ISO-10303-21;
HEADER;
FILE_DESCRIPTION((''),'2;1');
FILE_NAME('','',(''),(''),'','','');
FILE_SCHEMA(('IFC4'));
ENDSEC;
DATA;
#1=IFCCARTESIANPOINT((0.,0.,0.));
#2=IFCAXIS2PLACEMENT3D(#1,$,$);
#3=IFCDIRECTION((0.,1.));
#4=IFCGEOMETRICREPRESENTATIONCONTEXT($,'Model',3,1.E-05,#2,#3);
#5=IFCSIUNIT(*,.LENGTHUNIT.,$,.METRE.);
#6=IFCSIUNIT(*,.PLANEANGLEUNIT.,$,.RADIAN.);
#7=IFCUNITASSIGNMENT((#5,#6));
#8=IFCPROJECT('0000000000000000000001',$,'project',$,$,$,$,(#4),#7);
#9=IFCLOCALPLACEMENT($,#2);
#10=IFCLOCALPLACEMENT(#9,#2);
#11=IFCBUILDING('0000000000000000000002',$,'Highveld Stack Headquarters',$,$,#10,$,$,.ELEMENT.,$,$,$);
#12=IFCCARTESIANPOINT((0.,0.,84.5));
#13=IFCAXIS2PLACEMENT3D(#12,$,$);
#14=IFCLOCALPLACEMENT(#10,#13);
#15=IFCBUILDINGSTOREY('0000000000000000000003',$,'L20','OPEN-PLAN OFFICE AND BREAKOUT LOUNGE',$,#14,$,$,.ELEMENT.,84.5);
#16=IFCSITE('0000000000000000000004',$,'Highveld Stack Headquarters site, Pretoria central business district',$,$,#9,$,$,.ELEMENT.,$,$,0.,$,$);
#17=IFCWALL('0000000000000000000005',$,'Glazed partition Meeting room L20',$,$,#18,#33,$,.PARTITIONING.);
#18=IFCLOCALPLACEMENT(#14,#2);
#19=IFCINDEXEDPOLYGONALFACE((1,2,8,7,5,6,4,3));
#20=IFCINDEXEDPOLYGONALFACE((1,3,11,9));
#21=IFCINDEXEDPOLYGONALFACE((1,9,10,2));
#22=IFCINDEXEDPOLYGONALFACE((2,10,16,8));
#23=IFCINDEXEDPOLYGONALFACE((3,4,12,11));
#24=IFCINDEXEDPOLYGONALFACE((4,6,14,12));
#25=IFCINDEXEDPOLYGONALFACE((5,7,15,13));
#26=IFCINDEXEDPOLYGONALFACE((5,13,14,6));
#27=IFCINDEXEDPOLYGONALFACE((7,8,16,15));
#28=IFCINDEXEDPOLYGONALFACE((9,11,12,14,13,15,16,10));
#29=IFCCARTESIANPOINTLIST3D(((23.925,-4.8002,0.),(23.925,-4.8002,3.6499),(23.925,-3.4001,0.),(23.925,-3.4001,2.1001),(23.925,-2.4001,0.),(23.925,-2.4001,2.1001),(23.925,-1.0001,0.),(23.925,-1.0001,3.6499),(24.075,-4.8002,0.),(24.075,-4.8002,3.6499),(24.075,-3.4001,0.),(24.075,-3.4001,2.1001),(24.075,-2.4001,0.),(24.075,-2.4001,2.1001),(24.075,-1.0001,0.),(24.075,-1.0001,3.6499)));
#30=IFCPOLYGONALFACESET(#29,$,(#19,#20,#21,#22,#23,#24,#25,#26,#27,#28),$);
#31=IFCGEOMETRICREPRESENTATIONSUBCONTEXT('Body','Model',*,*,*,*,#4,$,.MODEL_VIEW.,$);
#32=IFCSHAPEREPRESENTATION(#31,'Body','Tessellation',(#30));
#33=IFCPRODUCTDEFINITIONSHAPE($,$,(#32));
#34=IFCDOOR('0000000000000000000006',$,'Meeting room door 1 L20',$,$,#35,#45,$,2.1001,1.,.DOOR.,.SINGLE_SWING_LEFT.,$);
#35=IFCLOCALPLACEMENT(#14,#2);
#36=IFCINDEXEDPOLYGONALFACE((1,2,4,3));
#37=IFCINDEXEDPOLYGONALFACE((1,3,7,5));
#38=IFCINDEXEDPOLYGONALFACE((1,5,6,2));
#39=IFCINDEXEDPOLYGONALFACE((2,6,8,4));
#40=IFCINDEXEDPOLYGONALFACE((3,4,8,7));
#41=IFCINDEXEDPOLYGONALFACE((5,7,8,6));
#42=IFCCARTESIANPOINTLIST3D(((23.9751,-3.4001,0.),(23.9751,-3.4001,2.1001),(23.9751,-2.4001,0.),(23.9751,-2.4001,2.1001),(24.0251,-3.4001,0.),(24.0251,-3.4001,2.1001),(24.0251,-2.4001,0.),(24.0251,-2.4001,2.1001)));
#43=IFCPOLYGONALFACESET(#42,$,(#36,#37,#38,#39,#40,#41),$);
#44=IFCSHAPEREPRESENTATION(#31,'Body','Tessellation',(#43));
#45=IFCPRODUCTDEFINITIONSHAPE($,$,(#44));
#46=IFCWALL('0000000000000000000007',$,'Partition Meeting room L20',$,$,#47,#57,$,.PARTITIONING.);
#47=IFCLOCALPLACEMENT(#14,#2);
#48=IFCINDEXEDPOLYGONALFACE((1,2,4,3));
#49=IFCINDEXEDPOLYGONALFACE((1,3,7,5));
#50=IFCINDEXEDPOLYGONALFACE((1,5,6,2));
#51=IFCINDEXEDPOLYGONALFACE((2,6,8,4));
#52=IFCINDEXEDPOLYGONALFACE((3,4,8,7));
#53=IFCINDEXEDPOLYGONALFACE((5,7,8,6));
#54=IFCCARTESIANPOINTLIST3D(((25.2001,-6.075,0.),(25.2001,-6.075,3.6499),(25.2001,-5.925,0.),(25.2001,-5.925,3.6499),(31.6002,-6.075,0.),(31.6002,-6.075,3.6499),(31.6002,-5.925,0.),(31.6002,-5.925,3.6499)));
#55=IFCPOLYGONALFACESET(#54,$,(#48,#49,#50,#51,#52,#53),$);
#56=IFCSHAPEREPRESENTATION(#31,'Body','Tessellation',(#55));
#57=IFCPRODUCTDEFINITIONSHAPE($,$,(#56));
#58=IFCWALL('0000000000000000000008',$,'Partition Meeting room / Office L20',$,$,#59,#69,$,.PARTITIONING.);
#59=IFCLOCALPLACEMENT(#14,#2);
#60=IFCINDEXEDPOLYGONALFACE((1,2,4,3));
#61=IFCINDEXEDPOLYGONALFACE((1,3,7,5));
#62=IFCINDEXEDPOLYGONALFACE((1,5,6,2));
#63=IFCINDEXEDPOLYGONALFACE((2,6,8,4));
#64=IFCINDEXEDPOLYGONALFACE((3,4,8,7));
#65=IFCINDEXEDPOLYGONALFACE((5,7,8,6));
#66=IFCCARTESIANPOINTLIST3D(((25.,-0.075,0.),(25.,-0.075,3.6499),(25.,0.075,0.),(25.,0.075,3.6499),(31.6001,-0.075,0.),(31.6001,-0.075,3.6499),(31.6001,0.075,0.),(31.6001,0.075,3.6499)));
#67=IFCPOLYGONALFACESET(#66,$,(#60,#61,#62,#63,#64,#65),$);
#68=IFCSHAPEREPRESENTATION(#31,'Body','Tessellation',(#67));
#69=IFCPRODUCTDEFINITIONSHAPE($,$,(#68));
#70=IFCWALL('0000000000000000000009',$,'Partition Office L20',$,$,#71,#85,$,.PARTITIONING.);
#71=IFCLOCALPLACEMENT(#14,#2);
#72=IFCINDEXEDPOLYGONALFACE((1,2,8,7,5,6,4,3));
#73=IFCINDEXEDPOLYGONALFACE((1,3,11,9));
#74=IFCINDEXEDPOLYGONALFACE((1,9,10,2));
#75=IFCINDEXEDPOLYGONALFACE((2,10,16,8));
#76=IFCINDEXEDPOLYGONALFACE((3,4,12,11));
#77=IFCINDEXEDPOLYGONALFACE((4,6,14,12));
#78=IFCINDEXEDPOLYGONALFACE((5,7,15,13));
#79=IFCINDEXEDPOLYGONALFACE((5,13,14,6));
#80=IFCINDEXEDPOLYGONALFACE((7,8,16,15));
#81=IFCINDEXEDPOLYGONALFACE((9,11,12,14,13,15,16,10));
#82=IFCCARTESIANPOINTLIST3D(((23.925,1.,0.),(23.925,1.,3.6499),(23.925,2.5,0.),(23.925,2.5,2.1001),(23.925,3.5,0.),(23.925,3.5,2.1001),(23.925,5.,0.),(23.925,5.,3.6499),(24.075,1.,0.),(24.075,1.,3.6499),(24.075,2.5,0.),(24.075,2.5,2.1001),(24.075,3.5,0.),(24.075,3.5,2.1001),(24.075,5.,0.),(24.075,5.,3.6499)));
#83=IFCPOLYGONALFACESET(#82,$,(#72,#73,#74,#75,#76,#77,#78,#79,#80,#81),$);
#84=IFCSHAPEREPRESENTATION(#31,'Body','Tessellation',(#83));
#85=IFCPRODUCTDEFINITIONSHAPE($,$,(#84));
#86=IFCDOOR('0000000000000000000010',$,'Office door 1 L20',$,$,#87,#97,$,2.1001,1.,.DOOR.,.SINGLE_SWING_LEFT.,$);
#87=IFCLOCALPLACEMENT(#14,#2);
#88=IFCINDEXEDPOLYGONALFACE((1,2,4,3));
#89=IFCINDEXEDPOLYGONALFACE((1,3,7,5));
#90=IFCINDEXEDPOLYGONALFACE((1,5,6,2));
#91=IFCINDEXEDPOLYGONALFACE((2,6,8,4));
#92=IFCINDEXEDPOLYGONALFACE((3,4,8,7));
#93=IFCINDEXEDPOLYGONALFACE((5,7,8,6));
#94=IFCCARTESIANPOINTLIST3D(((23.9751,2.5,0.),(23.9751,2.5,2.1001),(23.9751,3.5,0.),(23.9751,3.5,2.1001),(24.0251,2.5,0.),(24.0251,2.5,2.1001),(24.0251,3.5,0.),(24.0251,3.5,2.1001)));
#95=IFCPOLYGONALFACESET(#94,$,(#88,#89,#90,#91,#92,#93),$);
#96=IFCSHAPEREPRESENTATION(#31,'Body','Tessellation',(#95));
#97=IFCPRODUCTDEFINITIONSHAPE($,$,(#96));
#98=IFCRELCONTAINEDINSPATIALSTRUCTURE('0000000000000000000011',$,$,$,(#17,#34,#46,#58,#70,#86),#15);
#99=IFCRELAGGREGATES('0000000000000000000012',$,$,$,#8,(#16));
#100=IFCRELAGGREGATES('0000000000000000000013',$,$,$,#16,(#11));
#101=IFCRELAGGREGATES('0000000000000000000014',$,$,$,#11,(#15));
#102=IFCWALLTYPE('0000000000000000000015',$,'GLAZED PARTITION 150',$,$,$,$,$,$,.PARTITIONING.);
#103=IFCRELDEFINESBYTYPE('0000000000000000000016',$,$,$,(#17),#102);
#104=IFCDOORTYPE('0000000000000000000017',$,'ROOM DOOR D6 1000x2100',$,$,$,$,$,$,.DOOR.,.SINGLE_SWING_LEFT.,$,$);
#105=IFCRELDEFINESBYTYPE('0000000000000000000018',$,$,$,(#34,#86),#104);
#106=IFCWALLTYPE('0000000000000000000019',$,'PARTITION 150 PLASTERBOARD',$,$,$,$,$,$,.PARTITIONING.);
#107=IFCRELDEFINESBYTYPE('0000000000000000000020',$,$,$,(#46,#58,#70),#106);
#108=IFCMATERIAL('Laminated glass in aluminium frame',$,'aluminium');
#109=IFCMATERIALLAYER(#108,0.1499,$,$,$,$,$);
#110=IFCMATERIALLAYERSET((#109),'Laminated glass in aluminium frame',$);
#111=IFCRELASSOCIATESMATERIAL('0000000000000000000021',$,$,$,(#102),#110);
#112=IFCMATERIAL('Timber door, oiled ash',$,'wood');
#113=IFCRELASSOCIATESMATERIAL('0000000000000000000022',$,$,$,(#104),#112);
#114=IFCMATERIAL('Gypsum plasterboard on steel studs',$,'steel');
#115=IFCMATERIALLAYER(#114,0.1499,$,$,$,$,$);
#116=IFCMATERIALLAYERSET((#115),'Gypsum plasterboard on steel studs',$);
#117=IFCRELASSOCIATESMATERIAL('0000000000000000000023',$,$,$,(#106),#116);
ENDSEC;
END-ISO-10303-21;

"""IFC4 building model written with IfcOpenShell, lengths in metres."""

from ifc_helpers import new_model, si_unit, direction, frame, frame_2d, origin, place, context, subcontext, project, spatial, rectangle, extrude, material, layer, layer_set, type_object, element, fill, save


model = new_model("IFC4")

# Units and contexts
model_context = context("Model", 3, precision=1e-05, world=origin(), true_north=direction((0.0, 1.0)))
body_context = subcontext(model_context, "Body", "Model", "MODEL_VIEW")
ifc_project = project(units=[si_unit("LENGTHUNIT", "METRE"), si_unit("PLANEANGLEUNIT", "RADIAN")], contexts=[model_context])

# Site, building, storey
site_placement = place(None, origin())
site = spatial("IfcSite", under=ifc_project, at=site_placement, Name="Highveld Stack Headquarters site, Pretoria central business district", CompositionType="ELEMENT", RefElevation=0.0)
building_placement = place(site_placement, origin())
building = spatial("IfcBuilding", under=site, at=building_placement, Name="Highveld Stack Headquarters", CompositionType="ELEMENT")
storey_placement = place(building_placement, frame((0.0, 0.0, 84.5)))
storey = spatial("IfcBuildingStorey", under=building, at=storey_placement, Name="L20", Description="OPEN-PLAN OFFICE AND BREAKOUT LOUNGE", CompositionType="ELEMENT", Elevation=84.5)

# Wall, opening, door
ifc_material_1 = material(Name="Laminated glass in aluminium frame", Category="aluminium")
ifc_layer_1 = layer(ifc_material_1, 0.1499)
ifc_layer_set_1 = layer_set([ifc_layer_1], Name="Laminated glass in aluminium frame")
wall_type_1 = type_object("IfcWallType", Name="GLAZED PARTITION 150", PredefinedType="PARTITIONING", material=ifc_layer_set_1)
wall_1_placement = place(storey_placement, frame((24.0, -4.8, 0.0), z_axis=(0.0, 0.0, 1.0), x_axis=(0.0, 1.0, 0.0)))
wall_1 = element("IfcWall", 1, at=wall_1_placement, inside=storey, type_object=wall_type_1, Name="Glazed partition Meeting room L20", PredefinedType="PARTITIONING", context=body_context, shape_type="SweptSolid", body=[
    extrude(rectangle(XDim=3.8, YDim=0.1499, at=frame_2d((1.8999, 0.0))), origin(), (0.0, 0.0, 1.0), 3.6499),
])
opening_1_placement = place(wall_1_placement, frame((1.3999, 0.0, 0.0)))
opening_1 = element("IfcOpeningElement", 2, at=opening_1_placement, cuts=wall_1, PredefinedType="OPENING", context=body_context, shape_type="SweptSolid", body=[
    extrude(rectangle(XDim=1.0, YDim=2.1001, at=frame_2d((0.5, 1.05))), frame((0.0, 0.085, 0.0), z_axis=(0.0, -1.0, 0.0), x_axis=(1.0, 0.0, 0.0)), (0.0, 0.0, 1.0), 0.1699),
])
ifc_material_2 = material(Name="Timber door, oiled ash", Category="wood")
door_type = type_object("IfcDoorType", Name="ROOM DOOR D6 1000x2100", OperationType="SINGLE_SWING_LEFT", PredefinedType="DOOR", material=ifc_material_2)
door_1_placement = place(opening_1_placement, origin())
door_1 = element("IfcDoor", 3, at=door_1_placement, inside=storey, type_object=door_type, Name="Meeting room door 1 L20", OperationType="SINGLE_SWING_LEFT", OverallHeight=2.1001, OverallWidth=1.0, PredefinedType="DOOR", context=body_context, shape_type="SweptSolid", body=[
    extrude(rectangle(XDim=1.0, YDim=2.1001, at=frame_2d((0.5, 1.05))), frame((0.0, 0.0249, 0.0), z_axis=(0.0, -1.0, 0.0), x_axis=(1.0, 0.0, 0.0)), (0.0, 0.0, 1.0), 0.05),
])
fill(opening_1, door_1)

# Walls
ifc_material_3 = material(Name="Gypsum plasterboard on steel studs", Category="steel")
ifc_layer_2 = layer(ifc_material_3, 0.1499)
ifc_layer_set_2 = layer_set([ifc_layer_2], Name="Gypsum plasterboard on steel studs")
wall_type_2 = type_object("IfcWallType", Name="PARTITION 150 PLASTERBOARD", PredefinedType="PARTITIONING", material=ifc_layer_set_2)
wall_2_placement = place(storey_placement, frame((25.2, -6.0, 0.0), z_axis=(0.0, 0.0, 1.0), x_axis=(1.0, 0.0, 0.0)))
element("IfcWall", 4, at=wall_2_placement, inside=storey, type_object=wall_type_2, Name="Partition Meeting room L20", PredefinedType="PARTITIONING", context=body_context, shape_type="SweptSolid", body=[
    extrude(rectangle(XDim=6.4001, YDim=0.1499, at=frame_2d((3.2002, 0.0))), origin(), (0.0, 0.0, 1.0), 3.6499),
])
wall_3_placement = place(storey_placement, frame((25.0, 0.0, 0.0), z_axis=(0.0, 0.0, 1.0), x_axis=(1.0, 0.0, 0.0)))
element("IfcWall", 5, at=wall_3_placement, inside=storey, type_object=wall_type_2, Name="Partition Meeting room / Office L20", PredefinedType="PARTITIONING", context=body_context, shape_type="SweptSolid", body=[
    extrude(rectangle(XDim=6.6001, YDim=0.1499, at=frame_2d((3.3, 0.0))), origin(), (0.0, 0.0, 1.0), 3.6499),
])

# Wall, opening, door
wall_4_placement = place(storey_placement, frame((24.0, 1.0, 0.0), z_axis=(0.0, 0.0, 1.0), x_axis=(0.0, 1.0, 0.0)))
wall_4 = element("IfcWall", 6, at=wall_4_placement, inside=storey, type_object=wall_type_2, Name="Partition Office L20", PredefinedType="PARTITIONING", context=body_context, shape_type="SweptSolid", body=[
    extrude(rectangle(XDim=4.0, YDim=0.1499, at=frame_2d((2.0, 0.0))), origin(), (0.0, 0.0, 1.0), 3.6499),
])
opening_2_placement = place(wall_4_placement, frame((1.5, 0.0, 0.0)))
opening_2 = element("IfcOpeningElement", 7, at=opening_2_placement, cuts=wall_4, PredefinedType="OPENING", context=body_context, shape_type="SweptSolid", body=[
    extrude(rectangle(XDim=1.0, YDim=2.1001, at=frame_2d((0.5, 1.05))), frame((0.0, 0.085, 0.0), z_axis=(0.0, -1.0, 0.0), x_axis=(1.0, 0.0, 0.0)), (0.0, 0.0, 1.0), 0.1699),
])
door_2_placement = place(opening_2_placement, origin())
door_2 = element("IfcDoor", 8, at=door_2_placement, inside=storey, type_object=door_type, Name="Office door 1 L20", OperationType="SINGLE_SWING_LEFT", OverallHeight=2.1001, OverallWidth=1.0, PredefinedType="DOOR", context=body_context, shape_type="SweptSolid", body=[
    extrude(rectangle(XDim=1.0, YDim=2.1001, at=frame_2d((0.5, 1.05))), frame((0.0, 0.0249, 0.0), z_axis=(0.0, -1.0, 0.0), x_axis=(1.0, 0.0, 0.0)), (0.0, 0.0, 1.0), 0.05),
])
fill(opening_2, door_2)

save(model, "model.ifc")
